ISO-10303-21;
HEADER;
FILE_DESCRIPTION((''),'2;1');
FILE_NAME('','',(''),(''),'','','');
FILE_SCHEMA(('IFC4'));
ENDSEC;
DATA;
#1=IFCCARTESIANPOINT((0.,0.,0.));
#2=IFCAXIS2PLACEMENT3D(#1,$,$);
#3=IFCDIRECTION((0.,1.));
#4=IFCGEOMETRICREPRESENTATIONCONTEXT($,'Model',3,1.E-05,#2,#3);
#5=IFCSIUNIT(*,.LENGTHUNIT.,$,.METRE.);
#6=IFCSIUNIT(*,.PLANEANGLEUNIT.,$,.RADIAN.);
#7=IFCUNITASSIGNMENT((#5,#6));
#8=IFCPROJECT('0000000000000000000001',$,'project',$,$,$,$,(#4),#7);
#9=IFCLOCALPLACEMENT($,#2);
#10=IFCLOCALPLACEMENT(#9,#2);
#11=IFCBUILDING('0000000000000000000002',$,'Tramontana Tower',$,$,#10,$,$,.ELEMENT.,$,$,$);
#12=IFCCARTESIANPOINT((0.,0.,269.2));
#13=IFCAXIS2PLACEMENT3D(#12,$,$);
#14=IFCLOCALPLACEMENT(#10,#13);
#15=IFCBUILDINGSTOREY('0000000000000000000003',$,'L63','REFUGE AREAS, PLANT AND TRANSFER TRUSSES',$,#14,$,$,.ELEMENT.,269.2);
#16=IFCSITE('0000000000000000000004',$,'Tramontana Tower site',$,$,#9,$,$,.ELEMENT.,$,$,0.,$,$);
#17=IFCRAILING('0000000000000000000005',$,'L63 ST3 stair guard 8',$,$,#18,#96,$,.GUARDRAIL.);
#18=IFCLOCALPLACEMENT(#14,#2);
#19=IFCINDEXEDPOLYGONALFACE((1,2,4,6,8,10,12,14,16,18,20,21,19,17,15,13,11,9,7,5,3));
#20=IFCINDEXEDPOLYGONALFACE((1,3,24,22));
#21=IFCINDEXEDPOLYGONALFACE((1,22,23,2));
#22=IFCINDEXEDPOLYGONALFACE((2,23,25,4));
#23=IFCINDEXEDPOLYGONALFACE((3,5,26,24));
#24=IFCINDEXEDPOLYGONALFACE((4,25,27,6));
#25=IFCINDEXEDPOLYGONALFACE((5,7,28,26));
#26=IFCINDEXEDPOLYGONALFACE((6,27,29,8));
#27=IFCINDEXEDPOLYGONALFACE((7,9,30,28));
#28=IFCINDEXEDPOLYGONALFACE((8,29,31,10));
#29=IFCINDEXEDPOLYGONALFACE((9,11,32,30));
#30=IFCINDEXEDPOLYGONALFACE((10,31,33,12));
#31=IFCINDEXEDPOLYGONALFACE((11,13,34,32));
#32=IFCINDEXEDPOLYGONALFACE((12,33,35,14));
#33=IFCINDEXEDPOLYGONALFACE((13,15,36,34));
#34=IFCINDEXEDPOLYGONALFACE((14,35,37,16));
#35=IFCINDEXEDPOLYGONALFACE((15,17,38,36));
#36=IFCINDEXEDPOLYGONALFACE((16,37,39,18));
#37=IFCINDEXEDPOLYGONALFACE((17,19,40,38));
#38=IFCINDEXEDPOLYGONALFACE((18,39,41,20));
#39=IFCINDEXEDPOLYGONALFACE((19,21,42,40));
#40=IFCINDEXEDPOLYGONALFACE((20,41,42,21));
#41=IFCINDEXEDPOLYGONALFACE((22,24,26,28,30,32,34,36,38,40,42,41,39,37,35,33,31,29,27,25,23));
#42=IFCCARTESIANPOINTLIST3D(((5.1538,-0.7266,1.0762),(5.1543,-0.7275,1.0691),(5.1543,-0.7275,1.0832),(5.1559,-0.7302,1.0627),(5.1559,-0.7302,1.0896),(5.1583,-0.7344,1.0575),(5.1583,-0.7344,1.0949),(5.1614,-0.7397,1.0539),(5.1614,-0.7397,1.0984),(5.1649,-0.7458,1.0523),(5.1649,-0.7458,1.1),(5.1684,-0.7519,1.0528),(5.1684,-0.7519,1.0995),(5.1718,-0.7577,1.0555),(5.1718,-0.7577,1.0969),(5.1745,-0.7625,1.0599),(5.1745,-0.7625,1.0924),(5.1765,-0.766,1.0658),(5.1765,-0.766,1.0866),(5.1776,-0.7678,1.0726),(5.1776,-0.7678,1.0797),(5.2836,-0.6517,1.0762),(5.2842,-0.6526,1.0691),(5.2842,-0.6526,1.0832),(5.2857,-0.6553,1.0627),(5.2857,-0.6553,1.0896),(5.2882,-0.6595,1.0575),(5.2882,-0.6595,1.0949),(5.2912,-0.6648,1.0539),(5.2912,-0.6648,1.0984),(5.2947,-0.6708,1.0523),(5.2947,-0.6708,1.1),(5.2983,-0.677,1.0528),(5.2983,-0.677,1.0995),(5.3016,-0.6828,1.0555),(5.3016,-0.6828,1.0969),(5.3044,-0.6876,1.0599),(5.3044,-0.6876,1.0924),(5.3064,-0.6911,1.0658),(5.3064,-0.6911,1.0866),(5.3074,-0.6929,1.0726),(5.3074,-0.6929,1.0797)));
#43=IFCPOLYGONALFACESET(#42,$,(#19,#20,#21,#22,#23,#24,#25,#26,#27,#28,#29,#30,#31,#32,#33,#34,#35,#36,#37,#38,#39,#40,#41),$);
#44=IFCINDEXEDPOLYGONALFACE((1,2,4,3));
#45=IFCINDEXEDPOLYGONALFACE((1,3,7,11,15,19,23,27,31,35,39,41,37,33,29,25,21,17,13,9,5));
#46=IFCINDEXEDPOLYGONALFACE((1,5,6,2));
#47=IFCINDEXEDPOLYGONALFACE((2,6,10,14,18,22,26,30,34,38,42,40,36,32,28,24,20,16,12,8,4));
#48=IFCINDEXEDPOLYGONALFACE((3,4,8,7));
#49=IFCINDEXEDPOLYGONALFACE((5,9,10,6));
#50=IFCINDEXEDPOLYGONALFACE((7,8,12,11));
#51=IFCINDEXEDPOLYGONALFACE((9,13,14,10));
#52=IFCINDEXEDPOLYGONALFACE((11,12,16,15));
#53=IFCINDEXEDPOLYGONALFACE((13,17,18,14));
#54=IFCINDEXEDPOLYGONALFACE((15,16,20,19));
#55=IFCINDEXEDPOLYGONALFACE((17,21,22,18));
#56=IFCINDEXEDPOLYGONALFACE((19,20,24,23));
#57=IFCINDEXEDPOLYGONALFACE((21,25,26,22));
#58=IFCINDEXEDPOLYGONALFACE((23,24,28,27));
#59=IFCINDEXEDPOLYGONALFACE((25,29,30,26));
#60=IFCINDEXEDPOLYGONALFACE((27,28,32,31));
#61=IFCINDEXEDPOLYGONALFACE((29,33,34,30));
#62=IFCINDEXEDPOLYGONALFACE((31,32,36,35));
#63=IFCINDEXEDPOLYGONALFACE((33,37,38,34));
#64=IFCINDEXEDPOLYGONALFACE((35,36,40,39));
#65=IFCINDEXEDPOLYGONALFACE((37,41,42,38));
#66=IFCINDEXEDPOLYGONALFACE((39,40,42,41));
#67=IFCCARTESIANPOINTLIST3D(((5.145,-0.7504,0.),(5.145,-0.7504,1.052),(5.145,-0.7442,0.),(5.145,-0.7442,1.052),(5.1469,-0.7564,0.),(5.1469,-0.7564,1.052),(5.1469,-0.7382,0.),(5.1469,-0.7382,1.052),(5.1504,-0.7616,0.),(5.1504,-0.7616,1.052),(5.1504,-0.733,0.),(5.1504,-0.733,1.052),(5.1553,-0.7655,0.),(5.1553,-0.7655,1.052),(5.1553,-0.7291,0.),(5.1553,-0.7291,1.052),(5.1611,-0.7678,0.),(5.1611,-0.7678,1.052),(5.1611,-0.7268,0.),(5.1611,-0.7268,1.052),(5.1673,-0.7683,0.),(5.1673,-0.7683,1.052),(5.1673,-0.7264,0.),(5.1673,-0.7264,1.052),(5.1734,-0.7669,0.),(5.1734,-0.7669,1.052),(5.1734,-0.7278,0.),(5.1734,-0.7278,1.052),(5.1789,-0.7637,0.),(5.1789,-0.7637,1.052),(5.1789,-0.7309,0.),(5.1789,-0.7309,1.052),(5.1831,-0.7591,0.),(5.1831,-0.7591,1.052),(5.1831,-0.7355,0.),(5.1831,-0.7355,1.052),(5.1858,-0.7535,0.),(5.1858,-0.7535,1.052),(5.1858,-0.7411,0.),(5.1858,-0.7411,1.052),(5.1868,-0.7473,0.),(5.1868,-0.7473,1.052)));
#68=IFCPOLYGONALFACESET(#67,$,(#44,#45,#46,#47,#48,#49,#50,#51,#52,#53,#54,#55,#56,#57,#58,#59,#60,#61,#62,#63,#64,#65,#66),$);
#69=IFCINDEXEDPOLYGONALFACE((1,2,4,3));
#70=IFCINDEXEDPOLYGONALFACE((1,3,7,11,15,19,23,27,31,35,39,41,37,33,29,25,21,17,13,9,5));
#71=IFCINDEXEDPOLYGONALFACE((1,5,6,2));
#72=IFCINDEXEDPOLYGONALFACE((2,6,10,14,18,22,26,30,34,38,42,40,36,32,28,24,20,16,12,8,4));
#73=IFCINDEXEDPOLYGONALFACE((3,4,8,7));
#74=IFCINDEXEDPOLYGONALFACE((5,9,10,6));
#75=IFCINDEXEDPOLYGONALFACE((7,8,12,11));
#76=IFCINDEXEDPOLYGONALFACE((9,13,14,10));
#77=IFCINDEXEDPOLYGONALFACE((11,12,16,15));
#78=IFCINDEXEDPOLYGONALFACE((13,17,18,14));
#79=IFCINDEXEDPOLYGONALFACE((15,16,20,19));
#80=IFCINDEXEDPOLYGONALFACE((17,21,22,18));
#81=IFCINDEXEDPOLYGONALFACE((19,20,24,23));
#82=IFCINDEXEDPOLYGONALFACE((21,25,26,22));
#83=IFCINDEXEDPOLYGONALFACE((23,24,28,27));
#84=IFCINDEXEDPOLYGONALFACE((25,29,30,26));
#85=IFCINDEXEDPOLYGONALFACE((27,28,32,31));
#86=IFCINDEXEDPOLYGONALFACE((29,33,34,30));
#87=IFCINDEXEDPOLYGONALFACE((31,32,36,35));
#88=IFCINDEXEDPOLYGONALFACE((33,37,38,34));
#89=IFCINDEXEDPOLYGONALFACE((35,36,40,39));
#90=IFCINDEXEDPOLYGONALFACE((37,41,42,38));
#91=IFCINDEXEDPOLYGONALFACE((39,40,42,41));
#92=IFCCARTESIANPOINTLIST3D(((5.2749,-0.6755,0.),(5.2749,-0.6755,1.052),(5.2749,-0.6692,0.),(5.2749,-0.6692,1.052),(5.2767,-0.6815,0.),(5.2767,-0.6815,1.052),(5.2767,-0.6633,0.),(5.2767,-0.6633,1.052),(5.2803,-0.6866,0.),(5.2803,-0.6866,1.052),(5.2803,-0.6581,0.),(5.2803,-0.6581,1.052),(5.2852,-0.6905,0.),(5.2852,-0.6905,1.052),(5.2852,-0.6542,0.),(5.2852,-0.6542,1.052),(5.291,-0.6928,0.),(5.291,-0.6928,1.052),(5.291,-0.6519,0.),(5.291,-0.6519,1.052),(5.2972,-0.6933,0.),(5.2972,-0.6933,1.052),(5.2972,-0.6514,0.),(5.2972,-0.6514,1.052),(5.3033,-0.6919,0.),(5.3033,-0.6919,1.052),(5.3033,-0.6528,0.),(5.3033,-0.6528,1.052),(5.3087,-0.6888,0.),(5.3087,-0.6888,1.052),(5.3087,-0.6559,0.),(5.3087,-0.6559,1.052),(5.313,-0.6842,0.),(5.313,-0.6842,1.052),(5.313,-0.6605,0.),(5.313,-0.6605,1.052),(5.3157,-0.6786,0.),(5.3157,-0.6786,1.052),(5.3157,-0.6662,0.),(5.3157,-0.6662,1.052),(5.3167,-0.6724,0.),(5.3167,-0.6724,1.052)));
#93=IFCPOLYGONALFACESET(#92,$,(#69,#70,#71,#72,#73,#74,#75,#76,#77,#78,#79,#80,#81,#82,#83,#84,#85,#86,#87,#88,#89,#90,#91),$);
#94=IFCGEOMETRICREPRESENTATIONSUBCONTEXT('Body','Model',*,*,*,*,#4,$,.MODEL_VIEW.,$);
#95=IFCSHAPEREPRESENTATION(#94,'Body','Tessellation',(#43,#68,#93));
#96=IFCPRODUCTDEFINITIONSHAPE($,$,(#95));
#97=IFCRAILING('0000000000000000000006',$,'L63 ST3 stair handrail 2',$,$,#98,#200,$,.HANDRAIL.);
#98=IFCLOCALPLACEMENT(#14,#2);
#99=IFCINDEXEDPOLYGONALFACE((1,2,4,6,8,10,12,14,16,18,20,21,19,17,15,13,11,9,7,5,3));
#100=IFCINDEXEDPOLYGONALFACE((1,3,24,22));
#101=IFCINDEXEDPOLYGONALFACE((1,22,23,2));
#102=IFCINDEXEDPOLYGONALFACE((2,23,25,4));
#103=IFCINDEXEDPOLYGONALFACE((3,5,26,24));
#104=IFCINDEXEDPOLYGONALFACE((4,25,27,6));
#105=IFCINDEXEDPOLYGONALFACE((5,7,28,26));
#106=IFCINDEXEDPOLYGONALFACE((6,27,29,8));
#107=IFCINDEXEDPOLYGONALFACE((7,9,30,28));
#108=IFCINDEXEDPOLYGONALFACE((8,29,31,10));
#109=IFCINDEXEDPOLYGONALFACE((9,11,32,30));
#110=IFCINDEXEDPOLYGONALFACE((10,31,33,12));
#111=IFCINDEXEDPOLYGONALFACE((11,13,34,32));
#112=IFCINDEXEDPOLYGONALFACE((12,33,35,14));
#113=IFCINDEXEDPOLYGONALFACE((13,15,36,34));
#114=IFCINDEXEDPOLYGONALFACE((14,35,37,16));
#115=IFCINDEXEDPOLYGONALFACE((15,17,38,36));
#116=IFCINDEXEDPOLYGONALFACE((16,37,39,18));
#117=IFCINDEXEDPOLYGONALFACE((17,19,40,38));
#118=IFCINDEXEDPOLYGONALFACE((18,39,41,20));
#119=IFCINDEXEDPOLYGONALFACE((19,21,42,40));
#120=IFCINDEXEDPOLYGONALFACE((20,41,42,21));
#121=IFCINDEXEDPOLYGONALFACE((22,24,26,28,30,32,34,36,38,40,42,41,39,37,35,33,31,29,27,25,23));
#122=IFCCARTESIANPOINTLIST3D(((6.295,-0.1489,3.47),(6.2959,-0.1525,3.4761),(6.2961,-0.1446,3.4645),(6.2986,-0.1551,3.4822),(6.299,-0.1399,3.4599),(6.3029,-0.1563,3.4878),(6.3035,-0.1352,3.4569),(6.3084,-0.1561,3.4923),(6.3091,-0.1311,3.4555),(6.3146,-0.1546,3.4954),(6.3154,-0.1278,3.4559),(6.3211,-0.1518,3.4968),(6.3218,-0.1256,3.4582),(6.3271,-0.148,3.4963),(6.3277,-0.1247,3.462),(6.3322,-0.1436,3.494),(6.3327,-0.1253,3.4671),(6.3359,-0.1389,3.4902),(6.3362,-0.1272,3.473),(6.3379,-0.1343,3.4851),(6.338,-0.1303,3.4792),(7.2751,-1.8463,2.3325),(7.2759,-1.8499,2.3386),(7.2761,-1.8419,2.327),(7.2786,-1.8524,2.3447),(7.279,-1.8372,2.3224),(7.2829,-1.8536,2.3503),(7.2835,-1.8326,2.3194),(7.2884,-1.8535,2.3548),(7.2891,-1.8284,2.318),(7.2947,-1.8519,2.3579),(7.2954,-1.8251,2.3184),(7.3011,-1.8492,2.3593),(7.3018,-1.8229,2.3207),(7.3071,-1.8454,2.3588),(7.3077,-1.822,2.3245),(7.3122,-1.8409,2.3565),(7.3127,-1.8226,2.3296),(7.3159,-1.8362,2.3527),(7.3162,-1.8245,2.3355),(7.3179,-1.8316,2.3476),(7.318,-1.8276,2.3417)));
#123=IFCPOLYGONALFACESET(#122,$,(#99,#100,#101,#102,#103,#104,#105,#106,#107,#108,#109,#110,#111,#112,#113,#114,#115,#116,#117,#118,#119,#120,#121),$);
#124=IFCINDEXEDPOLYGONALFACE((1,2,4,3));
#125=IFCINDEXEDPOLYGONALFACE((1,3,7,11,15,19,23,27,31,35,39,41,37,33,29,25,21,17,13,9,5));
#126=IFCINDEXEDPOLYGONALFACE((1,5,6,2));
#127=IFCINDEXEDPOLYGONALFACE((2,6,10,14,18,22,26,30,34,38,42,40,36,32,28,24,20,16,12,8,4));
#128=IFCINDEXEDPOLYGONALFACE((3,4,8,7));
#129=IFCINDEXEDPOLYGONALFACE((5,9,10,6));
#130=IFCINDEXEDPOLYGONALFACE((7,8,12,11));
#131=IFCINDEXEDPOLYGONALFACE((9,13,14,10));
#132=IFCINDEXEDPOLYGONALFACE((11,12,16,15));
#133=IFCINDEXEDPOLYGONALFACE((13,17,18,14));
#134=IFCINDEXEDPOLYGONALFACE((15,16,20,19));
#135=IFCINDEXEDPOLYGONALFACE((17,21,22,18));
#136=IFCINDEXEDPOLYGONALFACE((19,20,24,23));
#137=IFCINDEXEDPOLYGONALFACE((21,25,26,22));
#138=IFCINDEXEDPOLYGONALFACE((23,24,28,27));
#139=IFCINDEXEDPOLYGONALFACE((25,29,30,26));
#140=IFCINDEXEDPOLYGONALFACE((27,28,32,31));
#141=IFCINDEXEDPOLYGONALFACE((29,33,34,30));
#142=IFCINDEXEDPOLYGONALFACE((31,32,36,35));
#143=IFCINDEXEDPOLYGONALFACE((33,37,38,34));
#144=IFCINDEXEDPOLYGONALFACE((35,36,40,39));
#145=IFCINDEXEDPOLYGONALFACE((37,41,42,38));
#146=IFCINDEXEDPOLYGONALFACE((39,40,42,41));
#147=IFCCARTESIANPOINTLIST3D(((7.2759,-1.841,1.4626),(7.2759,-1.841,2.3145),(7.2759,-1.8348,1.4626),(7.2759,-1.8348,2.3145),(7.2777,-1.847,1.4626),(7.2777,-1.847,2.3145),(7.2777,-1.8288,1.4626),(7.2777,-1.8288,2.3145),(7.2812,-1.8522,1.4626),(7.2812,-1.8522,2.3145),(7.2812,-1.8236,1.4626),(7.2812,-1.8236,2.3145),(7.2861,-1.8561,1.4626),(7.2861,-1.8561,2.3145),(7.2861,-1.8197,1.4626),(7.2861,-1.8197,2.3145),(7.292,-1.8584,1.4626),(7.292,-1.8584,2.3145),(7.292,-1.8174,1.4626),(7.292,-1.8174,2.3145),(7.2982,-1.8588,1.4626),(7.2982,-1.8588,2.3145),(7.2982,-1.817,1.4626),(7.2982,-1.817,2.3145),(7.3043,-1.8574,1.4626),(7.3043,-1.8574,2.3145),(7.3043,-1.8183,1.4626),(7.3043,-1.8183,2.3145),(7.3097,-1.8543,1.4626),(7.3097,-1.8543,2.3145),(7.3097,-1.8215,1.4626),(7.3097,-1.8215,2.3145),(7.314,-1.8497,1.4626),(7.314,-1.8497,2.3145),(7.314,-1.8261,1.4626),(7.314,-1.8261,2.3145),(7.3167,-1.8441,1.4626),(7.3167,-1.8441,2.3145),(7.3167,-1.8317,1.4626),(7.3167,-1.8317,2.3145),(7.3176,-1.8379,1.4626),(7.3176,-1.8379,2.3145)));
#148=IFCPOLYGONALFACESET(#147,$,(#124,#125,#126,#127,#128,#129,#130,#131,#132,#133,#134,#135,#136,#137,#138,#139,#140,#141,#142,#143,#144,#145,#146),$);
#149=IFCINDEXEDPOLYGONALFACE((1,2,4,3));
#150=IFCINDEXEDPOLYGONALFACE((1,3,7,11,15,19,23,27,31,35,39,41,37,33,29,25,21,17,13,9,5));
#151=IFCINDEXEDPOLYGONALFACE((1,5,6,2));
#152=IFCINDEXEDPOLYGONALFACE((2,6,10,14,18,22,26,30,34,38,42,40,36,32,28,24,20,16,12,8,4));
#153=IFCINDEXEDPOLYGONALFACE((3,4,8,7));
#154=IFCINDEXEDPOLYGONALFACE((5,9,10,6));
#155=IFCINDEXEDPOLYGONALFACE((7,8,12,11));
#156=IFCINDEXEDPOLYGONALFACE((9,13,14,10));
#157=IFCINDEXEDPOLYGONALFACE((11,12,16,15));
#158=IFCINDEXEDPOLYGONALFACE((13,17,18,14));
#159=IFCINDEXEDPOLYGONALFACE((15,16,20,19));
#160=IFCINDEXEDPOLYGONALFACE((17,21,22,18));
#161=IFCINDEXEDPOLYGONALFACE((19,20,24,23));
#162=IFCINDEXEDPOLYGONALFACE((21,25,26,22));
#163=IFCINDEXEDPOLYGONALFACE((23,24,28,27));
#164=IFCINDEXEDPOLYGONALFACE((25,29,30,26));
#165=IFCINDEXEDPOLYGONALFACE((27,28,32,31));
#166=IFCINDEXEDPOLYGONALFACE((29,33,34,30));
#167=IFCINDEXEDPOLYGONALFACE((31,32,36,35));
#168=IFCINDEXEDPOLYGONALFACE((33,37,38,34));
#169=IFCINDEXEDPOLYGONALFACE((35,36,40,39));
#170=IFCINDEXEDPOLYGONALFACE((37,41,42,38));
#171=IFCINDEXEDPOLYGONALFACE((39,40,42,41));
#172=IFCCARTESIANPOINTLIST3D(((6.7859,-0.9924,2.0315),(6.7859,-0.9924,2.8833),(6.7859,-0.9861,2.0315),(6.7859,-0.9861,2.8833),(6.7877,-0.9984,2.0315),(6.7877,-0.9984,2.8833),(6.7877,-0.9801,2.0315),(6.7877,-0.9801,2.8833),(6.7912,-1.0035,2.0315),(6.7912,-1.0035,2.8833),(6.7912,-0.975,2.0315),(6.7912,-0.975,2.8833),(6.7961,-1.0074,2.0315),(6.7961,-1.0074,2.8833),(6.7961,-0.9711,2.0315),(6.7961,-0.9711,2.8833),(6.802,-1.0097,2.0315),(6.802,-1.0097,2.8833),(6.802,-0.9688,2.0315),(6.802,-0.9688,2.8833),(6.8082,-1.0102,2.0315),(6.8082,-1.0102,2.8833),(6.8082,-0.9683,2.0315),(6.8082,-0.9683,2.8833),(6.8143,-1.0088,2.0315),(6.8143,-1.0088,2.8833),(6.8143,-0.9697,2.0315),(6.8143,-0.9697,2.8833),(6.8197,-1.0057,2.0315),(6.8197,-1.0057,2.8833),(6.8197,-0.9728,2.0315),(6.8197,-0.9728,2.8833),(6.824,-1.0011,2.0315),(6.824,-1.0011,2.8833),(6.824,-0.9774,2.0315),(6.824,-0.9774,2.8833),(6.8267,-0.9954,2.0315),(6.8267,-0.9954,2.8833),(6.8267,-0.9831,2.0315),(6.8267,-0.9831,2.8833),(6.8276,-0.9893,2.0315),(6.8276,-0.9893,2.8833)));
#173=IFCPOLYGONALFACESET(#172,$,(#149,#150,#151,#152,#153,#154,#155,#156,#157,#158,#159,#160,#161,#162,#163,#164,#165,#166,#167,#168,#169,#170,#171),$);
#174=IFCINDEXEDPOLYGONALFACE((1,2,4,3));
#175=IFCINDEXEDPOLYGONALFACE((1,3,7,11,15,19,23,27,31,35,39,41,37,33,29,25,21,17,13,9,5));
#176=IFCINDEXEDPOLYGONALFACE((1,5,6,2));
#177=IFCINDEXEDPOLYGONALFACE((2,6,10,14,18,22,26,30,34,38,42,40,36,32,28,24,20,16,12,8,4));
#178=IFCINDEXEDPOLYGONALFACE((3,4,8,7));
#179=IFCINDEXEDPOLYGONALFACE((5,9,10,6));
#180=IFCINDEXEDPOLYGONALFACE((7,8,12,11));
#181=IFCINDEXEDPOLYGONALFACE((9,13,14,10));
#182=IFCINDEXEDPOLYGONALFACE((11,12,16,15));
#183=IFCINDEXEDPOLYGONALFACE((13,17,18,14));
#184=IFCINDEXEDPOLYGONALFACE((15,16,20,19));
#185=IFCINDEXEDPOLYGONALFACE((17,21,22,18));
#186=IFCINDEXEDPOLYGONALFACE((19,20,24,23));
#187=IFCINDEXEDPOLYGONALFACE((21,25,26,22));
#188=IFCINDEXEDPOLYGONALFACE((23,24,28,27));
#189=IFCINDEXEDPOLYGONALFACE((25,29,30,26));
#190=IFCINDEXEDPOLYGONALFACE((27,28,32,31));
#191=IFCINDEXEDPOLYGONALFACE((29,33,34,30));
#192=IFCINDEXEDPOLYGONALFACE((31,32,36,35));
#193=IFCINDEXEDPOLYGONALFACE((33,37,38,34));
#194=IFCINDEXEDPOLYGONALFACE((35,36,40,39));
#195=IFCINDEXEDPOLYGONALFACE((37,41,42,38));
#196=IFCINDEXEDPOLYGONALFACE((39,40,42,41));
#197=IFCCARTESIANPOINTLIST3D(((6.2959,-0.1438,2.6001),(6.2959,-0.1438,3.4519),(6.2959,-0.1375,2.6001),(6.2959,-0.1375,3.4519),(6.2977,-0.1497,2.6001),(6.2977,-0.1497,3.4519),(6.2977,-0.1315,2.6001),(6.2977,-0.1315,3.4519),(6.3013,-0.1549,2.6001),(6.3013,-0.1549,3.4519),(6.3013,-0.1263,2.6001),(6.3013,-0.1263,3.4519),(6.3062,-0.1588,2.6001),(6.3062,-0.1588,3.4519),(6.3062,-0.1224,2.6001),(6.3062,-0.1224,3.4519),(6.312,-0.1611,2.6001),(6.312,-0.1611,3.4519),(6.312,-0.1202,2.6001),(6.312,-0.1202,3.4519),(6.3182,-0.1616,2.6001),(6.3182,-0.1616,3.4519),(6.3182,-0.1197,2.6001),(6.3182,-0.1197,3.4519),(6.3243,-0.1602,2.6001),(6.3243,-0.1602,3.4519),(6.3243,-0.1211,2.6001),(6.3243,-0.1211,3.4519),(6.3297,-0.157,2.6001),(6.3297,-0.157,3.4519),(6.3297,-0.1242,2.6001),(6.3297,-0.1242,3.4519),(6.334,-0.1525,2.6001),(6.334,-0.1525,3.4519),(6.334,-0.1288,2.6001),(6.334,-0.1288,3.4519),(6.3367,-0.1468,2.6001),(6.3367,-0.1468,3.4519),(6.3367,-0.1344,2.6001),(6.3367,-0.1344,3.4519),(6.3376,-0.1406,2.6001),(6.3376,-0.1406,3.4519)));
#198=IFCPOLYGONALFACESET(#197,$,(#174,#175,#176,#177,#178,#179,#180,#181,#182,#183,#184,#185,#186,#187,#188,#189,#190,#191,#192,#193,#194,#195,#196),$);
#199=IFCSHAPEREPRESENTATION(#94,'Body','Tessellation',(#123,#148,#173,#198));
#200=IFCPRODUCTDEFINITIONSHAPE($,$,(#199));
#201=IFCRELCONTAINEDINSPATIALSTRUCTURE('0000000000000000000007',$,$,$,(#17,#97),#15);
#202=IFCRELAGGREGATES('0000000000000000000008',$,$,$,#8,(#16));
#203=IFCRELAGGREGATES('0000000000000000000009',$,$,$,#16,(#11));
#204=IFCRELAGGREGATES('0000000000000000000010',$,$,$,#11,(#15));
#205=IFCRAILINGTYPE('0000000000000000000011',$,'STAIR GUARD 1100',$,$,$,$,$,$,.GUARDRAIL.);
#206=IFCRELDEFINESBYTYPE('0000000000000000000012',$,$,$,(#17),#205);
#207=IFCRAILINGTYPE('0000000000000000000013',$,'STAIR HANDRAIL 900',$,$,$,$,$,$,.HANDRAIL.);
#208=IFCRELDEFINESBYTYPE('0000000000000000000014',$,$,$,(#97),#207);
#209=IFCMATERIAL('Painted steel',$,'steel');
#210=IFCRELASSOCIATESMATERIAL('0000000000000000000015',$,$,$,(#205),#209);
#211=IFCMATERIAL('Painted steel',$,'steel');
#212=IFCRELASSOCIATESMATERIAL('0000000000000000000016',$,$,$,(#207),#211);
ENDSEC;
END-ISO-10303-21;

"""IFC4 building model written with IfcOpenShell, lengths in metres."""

from ifc_helpers import new_model, si_unit, direction, frame, origin, origin_2d, place, context, subcontext, project, spatial, circle, extrude, material, type_object, element, save


model = new_model("IFC4")

# Units and contexts
model_context = context("Model", 3, precision=1e-05, world=origin(), true_north=direction((0.0, 1.0)))
body_context = subcontext(model_context, "Body", "Model", "MODEL_VIEW")
ifc_project = project(units=[si_unit("LENGTHUNIT", "METRE"), si_unit("PLANEANGLEUNIT", "RADIAN")], contexts=[model_context])

# Site, building, storey
site_placement = place(None, origin())
site = spatial("IfcSite", under=ifc_project, at=site_placement, Name="Tramontana Tower site", CompositionType="ELEMENT", RefElevation=0.0)
building_placement = place(site_placement, origin())
building = spatial("IfcBuilding", under=site, at=building_placement, Name="Tramontana Tower", CompositionType="ELEMENT")
storey_placement = place(building_placement, frame((0.0, 0.0, 269.2)))
storey = spatial("IfcBuildingStorey", under=building, at=storey_placement, Name="L63", Description="REFUGE AREAS, PLANT AND TRANSFER TRUSSES", CompositionType="ELEMENT", Elevation=269.2)

# Railings
ifc_material_1 = material(Name="Painted steel", Category="steel")
railing_type_1 = type_object("IfcRailingType", Name="STAIR GUARD 1100", PredefinedType="GUARDRAIL", material=ifc_material_1)
for number, where, name in (
    (1, (5.1658, -0.7473, 0.0), "L63 ST3 stair guard 8"),
):
    element("IfcRailing", number, at=place(storey_placement, frame(where)), inside=storey, type_object=railing_type_1, Name=name, PredefinedType="GUARDRAIL", context=body_context, shape_type="SweptSolid", body=[
        extrude(circle(Radius=0.0239, at=origin_2d()), frame((0.0, 0.0, 1.0762), z_axis=(0.866131, 0.499816, 0.0), x_axis=(-0.499816, 0.866131, 0.0)), (0.0, 0.0, 1.0), 0.1499),
        extrude(circle(Radius=0.021, at=origin_2d()), origin(), (0.0, 0.0, 1.0), 1.052),
        extrude(circle(Radius=0.021, at=origin_2d()), frame((0.1299, 0.075, 0.0)), (0.0, 0.0, 1.0), 1.052),
    ])
ifc_material_2 = material(Name="Painted steel", Category="steel")
railing_type_2 = type_object("IfcRailingType", Name="STAIR HANDRAIL 900", PredefinedType="HANDRAIL", material=ifc_material_2)
for number, where, name in (
    (2, (7.2966, -1.8379, 1.4626), "L63 ST3 stair handrail 2"),
):
    element("IfcRailing", number, at=place(storey_placement, frame(where)), inside=storey, type_object=railing_type_2, Name=name, PredefinedType="HANDRAIL", context=body_context, shape_type="SweptSolid", body=[
        extrude(circle(Radius=0.0239, at=origin_2d()), frame((0.0, 0.0, 0.876), z_axis=(-0.432467, 0.749006, 0.501959), x_axis=(-0.866011, -0.500024, 0.0)), (0.0, 0.0, 1.0), 2.2661),
        extrude(circle(Radius=0.021, at=origin_2d()), origin(), (0.0, 0.0, 1.0), 0.8518),
        extrude(circle(Radius=0.021, at=origin_2d()), frame((-0.49, 0.8486, 0.5688)), (0.0, 0.0, 1.0), 0.8518),
        extrude(circle(Radius=0.021, at=origin_2d()), frame((-0.98, 1.6973, 1.1375)), (0.0, 0.0, 1.0), 0.8518),
    ])

save(model, "model.ifc")
